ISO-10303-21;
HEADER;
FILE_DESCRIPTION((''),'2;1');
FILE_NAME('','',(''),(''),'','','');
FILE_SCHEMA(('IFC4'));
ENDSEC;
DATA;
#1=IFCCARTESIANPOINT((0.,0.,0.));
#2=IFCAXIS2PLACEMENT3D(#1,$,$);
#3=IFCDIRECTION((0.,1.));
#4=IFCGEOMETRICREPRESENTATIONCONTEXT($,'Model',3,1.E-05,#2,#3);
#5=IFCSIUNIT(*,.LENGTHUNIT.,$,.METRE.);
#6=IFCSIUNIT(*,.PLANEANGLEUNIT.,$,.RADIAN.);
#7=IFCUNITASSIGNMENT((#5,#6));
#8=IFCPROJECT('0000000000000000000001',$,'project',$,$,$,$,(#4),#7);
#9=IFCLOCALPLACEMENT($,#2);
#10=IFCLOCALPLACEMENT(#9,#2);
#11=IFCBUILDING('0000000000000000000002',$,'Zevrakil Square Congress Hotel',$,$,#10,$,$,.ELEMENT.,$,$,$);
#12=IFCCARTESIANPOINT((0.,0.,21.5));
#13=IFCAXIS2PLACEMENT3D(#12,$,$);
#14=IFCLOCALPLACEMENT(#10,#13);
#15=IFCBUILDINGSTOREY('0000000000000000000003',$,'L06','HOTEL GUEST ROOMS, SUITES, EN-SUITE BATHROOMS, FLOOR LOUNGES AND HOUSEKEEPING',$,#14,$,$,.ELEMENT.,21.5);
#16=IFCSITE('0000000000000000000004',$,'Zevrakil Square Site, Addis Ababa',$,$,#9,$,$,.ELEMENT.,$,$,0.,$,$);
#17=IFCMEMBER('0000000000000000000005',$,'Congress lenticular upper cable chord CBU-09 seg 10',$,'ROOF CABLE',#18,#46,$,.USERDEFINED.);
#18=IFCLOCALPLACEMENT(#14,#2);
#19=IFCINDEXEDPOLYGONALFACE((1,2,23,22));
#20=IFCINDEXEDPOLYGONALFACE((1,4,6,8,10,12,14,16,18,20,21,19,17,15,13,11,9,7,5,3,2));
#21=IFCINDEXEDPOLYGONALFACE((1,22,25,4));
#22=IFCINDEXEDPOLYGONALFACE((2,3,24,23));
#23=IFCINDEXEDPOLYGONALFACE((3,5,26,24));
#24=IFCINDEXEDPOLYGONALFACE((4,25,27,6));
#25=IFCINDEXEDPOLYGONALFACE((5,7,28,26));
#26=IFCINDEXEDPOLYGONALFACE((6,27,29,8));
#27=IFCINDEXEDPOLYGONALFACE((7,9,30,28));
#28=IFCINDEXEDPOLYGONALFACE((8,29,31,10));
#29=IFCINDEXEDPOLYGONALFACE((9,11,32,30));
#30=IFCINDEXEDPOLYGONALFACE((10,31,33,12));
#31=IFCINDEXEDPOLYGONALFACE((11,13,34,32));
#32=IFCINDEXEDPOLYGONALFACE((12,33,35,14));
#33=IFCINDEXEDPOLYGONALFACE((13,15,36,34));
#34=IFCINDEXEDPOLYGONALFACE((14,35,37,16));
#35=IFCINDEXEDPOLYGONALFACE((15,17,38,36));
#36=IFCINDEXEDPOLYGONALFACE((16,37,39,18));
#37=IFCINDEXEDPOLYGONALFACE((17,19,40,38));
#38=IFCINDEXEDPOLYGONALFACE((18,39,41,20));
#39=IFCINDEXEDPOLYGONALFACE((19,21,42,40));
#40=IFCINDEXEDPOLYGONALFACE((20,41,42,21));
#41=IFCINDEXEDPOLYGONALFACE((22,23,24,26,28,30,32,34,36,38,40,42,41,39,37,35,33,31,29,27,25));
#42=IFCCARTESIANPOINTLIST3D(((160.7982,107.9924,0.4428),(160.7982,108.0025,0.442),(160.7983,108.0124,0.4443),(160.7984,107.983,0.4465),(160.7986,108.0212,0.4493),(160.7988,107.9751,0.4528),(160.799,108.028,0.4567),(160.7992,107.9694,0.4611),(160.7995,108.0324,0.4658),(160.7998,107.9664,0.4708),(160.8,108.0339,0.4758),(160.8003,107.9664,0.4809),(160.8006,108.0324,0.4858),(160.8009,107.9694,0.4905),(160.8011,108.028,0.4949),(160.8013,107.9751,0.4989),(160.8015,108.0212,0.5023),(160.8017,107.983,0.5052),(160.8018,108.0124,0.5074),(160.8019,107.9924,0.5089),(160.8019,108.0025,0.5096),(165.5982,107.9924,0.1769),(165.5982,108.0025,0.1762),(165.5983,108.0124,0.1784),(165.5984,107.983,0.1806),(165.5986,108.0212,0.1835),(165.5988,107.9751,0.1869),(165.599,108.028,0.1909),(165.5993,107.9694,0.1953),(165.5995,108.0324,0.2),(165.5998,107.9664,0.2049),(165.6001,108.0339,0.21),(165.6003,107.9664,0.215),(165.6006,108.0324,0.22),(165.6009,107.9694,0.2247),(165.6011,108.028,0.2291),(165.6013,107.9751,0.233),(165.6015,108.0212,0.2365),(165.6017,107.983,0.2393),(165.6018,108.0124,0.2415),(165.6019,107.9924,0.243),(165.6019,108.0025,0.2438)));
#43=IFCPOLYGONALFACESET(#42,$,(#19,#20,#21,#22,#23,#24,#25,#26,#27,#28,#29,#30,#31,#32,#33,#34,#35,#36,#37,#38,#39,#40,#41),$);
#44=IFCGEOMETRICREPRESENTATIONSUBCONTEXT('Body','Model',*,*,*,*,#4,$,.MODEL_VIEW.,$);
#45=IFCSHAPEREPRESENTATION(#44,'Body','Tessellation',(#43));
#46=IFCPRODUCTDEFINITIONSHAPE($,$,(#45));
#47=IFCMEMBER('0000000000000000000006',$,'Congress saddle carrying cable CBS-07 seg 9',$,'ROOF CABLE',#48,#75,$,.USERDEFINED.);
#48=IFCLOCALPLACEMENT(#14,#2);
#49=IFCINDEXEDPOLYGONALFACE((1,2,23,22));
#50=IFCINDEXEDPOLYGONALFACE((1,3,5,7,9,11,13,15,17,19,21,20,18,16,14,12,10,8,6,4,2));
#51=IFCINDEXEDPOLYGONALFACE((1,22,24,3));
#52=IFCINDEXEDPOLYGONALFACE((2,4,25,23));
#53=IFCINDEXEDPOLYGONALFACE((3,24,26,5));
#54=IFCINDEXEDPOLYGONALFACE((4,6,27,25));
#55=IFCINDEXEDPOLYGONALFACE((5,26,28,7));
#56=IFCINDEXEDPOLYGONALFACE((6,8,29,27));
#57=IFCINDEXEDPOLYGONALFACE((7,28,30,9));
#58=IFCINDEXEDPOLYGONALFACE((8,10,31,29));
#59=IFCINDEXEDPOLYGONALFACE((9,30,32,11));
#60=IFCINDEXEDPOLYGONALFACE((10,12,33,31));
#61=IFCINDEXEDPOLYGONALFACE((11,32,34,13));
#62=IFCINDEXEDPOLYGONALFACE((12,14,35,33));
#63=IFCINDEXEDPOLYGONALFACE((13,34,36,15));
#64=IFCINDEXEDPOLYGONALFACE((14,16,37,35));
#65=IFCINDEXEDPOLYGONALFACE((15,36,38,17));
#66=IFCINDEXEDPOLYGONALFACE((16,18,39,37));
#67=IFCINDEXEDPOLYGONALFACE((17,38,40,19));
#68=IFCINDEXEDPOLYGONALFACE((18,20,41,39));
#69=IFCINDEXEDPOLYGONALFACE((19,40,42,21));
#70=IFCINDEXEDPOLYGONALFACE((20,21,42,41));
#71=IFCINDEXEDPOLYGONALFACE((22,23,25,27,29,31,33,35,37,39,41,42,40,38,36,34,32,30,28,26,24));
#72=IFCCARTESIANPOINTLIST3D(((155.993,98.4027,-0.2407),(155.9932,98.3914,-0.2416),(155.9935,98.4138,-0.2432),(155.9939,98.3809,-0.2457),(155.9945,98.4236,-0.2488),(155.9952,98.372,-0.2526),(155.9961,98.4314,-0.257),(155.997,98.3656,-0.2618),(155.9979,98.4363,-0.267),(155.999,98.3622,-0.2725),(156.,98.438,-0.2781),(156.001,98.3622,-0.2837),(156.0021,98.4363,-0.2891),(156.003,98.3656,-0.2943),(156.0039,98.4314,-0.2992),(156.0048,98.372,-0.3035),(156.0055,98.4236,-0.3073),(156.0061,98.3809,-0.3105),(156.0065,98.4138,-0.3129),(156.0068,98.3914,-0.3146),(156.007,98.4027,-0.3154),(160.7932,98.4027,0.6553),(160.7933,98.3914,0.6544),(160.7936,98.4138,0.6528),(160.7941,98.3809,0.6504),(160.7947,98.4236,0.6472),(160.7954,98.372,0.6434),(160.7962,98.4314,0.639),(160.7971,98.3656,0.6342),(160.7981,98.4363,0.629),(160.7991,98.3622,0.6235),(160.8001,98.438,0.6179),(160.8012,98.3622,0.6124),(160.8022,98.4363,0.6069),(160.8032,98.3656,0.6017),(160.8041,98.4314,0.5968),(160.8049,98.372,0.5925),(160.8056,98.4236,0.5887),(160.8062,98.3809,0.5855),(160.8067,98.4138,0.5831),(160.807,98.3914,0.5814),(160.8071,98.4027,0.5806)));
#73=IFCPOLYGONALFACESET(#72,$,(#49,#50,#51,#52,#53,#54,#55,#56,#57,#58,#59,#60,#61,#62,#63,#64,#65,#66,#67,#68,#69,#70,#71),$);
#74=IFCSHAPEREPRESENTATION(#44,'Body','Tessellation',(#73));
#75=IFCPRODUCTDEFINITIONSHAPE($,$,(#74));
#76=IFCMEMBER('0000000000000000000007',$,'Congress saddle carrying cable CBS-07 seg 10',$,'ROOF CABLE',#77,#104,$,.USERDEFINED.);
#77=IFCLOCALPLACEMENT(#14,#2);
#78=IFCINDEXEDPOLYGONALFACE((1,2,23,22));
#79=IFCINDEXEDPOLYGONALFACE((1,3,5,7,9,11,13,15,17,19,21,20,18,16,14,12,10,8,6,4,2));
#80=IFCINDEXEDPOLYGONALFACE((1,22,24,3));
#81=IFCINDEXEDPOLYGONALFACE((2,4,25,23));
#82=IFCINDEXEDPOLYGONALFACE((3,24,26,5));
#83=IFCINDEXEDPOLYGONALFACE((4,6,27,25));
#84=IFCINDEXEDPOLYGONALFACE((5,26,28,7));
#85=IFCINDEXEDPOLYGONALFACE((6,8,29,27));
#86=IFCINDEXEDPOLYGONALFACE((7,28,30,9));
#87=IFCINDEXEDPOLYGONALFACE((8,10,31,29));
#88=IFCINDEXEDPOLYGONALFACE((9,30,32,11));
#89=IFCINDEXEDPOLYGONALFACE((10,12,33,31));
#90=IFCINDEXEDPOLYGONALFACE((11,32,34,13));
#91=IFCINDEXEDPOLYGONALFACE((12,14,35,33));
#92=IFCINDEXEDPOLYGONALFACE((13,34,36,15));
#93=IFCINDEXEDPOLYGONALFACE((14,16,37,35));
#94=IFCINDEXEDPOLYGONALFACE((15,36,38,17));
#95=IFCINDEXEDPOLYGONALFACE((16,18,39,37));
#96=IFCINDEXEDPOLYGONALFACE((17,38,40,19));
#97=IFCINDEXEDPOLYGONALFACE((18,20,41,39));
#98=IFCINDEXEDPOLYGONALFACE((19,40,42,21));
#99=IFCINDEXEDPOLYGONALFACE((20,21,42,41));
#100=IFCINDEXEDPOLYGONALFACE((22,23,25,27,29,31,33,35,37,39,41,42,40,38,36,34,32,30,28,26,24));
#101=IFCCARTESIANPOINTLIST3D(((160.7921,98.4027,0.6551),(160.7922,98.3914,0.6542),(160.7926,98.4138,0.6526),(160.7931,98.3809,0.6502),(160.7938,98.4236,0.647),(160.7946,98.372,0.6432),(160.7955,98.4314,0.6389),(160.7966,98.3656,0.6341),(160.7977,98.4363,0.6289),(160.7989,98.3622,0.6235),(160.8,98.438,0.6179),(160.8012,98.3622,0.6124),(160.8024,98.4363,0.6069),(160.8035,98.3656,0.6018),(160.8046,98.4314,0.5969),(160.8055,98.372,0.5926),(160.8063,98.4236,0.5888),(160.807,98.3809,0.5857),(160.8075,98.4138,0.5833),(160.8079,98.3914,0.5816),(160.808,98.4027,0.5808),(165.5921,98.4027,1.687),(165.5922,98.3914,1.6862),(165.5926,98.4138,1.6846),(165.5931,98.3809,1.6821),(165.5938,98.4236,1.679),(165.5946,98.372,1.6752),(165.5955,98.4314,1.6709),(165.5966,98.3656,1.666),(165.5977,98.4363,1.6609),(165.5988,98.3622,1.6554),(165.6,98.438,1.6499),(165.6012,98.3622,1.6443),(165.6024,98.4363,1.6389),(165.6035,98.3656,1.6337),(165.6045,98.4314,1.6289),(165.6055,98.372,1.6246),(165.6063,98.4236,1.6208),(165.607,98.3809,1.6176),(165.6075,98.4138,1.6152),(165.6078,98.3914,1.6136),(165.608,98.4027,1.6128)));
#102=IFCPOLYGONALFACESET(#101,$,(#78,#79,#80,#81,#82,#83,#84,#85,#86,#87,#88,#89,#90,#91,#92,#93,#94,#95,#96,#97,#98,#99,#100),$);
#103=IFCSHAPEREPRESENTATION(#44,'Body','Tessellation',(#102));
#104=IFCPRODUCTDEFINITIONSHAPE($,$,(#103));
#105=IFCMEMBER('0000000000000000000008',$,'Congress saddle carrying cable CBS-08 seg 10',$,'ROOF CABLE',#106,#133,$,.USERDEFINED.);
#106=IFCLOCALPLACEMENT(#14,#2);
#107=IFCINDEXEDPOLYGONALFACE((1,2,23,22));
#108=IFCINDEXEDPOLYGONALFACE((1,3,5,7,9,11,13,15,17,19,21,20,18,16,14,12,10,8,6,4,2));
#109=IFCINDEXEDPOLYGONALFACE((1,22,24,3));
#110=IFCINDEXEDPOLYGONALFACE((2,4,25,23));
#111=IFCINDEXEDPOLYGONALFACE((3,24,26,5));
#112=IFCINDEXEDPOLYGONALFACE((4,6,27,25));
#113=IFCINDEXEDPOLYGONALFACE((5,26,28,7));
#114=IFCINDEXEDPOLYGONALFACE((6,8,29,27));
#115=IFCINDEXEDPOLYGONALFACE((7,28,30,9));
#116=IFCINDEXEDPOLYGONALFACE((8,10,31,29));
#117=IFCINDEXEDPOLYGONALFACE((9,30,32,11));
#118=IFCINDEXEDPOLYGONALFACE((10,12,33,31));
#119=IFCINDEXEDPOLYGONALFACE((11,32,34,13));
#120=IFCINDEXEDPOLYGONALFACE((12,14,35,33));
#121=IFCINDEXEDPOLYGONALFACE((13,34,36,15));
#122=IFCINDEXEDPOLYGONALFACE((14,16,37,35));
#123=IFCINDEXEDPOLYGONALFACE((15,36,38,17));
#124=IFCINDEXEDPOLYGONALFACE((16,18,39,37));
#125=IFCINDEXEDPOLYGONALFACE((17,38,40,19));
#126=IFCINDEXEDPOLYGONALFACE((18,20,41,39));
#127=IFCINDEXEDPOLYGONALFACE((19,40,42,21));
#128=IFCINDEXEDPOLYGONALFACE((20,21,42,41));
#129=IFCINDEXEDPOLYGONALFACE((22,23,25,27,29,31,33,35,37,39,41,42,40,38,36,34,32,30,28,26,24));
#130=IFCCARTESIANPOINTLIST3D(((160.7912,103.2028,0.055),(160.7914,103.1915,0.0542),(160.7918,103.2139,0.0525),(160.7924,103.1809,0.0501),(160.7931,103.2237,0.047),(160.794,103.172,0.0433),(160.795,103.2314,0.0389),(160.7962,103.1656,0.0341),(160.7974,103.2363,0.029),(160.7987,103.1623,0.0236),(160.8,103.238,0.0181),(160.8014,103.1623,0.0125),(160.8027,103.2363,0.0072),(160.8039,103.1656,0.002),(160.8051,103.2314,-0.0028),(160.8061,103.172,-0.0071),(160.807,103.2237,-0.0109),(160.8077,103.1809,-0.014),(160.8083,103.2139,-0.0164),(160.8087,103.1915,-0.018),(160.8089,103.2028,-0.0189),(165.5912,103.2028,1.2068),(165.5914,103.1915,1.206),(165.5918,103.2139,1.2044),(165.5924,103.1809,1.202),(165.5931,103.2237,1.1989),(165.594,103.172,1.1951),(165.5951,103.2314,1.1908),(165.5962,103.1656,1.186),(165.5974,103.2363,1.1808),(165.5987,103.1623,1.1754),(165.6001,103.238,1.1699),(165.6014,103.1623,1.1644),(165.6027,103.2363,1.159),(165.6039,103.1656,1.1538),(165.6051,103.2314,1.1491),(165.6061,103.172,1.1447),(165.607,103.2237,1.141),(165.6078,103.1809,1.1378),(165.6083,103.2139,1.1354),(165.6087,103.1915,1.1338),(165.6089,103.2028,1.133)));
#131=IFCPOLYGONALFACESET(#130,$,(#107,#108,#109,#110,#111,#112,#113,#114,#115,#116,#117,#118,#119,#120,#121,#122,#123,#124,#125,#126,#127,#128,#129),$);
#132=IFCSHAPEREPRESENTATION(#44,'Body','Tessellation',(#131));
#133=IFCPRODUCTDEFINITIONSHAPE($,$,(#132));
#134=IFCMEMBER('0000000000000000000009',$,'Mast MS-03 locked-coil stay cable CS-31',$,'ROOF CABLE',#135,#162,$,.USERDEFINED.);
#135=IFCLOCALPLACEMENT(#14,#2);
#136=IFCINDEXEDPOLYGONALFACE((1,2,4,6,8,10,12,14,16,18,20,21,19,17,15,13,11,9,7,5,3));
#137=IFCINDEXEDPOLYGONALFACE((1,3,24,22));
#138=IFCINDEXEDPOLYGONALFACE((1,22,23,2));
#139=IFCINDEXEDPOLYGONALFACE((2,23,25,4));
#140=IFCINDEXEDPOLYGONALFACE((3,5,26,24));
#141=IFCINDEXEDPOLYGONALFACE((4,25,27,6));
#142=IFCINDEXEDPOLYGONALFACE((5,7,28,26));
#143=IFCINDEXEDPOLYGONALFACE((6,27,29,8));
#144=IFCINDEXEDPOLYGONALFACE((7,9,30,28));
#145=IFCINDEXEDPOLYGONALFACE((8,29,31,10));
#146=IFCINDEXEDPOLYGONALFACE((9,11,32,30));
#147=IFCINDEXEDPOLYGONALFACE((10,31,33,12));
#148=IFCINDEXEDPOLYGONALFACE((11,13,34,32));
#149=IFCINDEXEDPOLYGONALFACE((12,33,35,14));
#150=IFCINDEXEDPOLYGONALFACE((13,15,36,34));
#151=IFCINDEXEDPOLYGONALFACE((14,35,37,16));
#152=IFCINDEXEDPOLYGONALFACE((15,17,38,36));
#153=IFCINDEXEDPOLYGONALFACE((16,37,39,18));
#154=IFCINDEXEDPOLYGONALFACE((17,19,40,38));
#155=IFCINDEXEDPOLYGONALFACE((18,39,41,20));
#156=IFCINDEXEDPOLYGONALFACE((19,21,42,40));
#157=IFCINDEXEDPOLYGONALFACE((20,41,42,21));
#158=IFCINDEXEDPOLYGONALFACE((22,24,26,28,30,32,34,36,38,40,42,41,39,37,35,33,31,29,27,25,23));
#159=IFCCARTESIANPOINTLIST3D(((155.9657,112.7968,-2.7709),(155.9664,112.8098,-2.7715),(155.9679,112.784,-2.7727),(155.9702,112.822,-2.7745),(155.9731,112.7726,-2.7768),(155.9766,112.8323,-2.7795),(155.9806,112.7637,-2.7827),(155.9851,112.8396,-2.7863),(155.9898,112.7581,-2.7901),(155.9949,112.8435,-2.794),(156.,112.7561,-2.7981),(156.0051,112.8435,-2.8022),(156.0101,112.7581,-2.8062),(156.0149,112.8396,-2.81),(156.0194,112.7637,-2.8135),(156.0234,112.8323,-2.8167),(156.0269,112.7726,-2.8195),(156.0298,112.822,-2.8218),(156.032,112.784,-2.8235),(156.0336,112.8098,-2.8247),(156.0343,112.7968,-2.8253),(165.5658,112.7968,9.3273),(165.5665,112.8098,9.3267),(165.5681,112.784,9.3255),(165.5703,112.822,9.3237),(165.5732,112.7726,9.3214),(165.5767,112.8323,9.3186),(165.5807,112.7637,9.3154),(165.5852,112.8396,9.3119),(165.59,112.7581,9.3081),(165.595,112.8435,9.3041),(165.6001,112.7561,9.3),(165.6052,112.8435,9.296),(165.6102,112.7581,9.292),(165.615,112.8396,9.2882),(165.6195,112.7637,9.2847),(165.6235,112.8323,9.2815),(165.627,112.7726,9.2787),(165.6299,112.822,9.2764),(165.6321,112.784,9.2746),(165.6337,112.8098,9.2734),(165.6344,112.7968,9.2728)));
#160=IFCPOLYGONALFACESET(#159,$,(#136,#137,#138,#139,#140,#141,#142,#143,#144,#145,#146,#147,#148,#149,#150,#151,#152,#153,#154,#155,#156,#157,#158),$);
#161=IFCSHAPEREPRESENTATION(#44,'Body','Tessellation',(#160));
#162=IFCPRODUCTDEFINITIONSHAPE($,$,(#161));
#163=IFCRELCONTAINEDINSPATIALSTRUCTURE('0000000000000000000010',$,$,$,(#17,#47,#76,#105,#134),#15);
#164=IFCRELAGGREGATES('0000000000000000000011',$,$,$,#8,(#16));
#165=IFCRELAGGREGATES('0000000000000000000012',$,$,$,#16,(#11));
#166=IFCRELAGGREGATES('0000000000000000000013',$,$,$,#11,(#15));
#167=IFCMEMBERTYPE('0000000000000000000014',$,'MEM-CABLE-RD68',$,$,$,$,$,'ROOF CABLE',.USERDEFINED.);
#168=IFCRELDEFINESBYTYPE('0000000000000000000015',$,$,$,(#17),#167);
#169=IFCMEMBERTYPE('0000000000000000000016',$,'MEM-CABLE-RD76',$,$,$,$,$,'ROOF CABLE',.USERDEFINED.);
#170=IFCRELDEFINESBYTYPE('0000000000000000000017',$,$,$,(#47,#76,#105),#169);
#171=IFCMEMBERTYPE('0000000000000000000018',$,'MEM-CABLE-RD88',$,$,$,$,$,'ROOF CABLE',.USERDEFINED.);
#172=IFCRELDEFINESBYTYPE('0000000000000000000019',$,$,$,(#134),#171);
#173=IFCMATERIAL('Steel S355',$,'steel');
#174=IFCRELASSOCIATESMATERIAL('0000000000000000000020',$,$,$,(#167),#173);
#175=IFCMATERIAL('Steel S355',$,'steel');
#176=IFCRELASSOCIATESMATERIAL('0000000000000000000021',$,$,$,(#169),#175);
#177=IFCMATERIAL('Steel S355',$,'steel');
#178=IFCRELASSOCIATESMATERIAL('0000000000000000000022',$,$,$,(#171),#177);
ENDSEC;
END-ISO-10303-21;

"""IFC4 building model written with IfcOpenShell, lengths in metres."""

from ifc_helpers import new_model, si_unit, direction, frame, origin, origin_2d, place, context, subcontext, project, spatial, circle, extrude, material, material_profile, profile_set, type_object, element, save


model = new_model("IFC4")

# Units and contexts
model_context = context("Model", 3, precision=1e-05, world=origin(), true_north=direction((0.0, 1.0)))
body_context = subcontext(model_context, "Body", "Model", "MODEL_VIEW")
ifc_project = project(units=[si_unit("LENGTHUNIT", "METRE"), si_unit("PLANEANGLEUNIT", "RADIAN")], contexts=[model_context])

# Site, building, storey
site_placement = place(None, origin())
site = spatial("IfcSite", under=ifc_project, at=site_placement, Name="Zevrakil Square Site, Addis Ababa", CompositionType="ELEMENT", RefElevation=0.0)
building_placement = place(site_placement, origin())
building = spatial("IfcBuilding", under=site, at=building_placement, Name="Zevrakil Square Congress Hotel", CompositionType="ELEMENT")
storey_placement = place(building_placement, frame((0.0, 0.0, 21.5)))
storey = spatial("IfcBuildingStorey", under=building, at=storey_placement, Name="L06", Description="HOTEL GUEST ROOMS, SUITES, EN-SUITE BATHROOMS, FLOOR LOUNGES AND HOUSEKEEPING", CompositionType="ELEMENT", Elevation=21.5)

# Members
ifc_material_1 = material(Name="Steel S355", Category="steel")
ifc_material_profile_1 = material_profile(ifc_material_1, circle(Radius=0.0339, at=origin_2d()), Name="CABLE RD68")
ifc_profile_set_1 = profile_set([ifc_material_profile_1], Name="Steel S355")
member_type_1 = type_object("IfcMemberType", Name="MEM-CABLE-RD68", ElementType="ROOF CABLE", PredefinedType="USERDEFINED", material=ifc_profile_set_1)
member_1_placement = place(storey_placement, frame((160.8, 108.0, 0.4758), z_axis=(0.99847, 0.0, -0.055304), x_axis=(0.0, 1.0, 0.0)))
element("IfcMember", 1, at=member_1_placement, inside=storey, type_object=member_type_1, Name="Congress lenticular upper cable chord CBU-09 seg 10", ObjectType="ROOF CABLE", PredefinedType="USERDEFINED", context=body_context, shape_type="SweptSolid", body=[
    extrude(circle(Radius=0.0339, at=origin_2d()), origin(), (0.0, 0.0, 1.0), 4.8074),
])
ifc_material_2 = material(Name="Steel S355", Category="steel")
ifc_material_profile_2 = material_profile(ifc_material_2, circle(Radius=0.0381, at=origin_2d()), Name="CABLE RD76")
ifc_profile_set_2 = profile_set([ifc_material_profile_2], Name="Steel S355")
member_type_2 = type_object("IfcMemberType", Name="MEM-CABLE-RD76", ElementType="ROOF CABLE", PredefinedType="USERDEFINED", material=ifc_profile_set_2)
member_2_placement = place(storey_placement, frame((156.0, 98.3999, -0.2781), z_axis=(0.983021, 0.0, 0.183495), x_axis=(0.0, 1.0, 0.0)))
element("IfcMember", 2, at=member_2_placement, inside=storey, type_object=member_type_2, Name="Congress saddle carrying cable CBS-07 seg 9", ObjectType="ROOF CABLE", PredefinedType="USERDEFINED", context=body_context, shape_type="SweptSolid", body=[
    extrude(circle(Radius=0.0381, at=origin_2d()), origin(), (0.0, 0.0, 1.0), 4.8831),
])
member_3_placement = place(storey_placement, frame((160.8, 98.3999, 0.6179), z_axis=(0.97766, 0.0, 0.210191), x_axis=(0.0, 1.0, 0.0)))
element("IfcMember", 3, at=member_3_placement, inside=storey, type_object=member_type_2, Name="Congress saddle carrying cable CBS-07 seg 10", ObjectType="ROOF CABLE", PredefinedType="USERDEFINED", context=body_context, shape_type="SweptSolid", body=[
    extrude(circle(Radius=0.0381, at=origin_2d()), origin(), (0.0, 0.0, 1.0), 4.9097),
])
member_4_placement = place(storey_placement, frame((160.8, 103.2, 0.0181), z_axis=(0.972394, 0.0, 0.233343), x_axis=(0.0, 1.0, 0.0)))
element("IfcMember", 4, at=member_4_placement, inside=storey, type_object=member_type_2, Name="Congress saddle carrying cable CBS-08 seg 10", ObjectType="ROOF CABLE", PredefinedType="USERDEFINED", context=body_context, shape_type="SweptSolid", body=[
    extrude(circle(Radius=0.0381, at=origin_2d()), origin(), (0.0, 0.0, 1.0), 4.9363),
])
ifc_material_3 = material(Name="Steel S355", Category="steel")
ifc_material_profile_3 = material_profile(ifc_material_3, circle(Radius=0.0439, at=origin_2d()), Name="CABLE RD88")
ifc_profile_set_3 = profile_set([ifc_material_profile_3], Name="Steel S355")
member_type_3 = type_object("IfcMemberType", Name="MEM-CABLE-RD88", ElementType="ROOF CABLE", PredefinedType="USERDEFINED", material=ifc_profile_set_3)
member_5_placement = place(storey_placement, frame((165.6001, 112.8, 9.3), z_axis=(-0.621594, 0.0, -0.783339), x_axis=(0.0, -1.0, 0.0)))
element("IfcMember", 5, at=member_5_placement, inside=storey, type_object=member_type_3, Name="Mast MS-03 locked-coil stay cable CS-31", ObjectType="ROOF CABLE", PredefinedType="USERDEFINED", context=body_context, shape_type="SweptSolid", body=[
    extrude(circle(Radius=0.0439, at=origin_2d()), origin(), (0.0, 0.0, 1.0), 15.4443),
])

save(model, "model.ifc")
